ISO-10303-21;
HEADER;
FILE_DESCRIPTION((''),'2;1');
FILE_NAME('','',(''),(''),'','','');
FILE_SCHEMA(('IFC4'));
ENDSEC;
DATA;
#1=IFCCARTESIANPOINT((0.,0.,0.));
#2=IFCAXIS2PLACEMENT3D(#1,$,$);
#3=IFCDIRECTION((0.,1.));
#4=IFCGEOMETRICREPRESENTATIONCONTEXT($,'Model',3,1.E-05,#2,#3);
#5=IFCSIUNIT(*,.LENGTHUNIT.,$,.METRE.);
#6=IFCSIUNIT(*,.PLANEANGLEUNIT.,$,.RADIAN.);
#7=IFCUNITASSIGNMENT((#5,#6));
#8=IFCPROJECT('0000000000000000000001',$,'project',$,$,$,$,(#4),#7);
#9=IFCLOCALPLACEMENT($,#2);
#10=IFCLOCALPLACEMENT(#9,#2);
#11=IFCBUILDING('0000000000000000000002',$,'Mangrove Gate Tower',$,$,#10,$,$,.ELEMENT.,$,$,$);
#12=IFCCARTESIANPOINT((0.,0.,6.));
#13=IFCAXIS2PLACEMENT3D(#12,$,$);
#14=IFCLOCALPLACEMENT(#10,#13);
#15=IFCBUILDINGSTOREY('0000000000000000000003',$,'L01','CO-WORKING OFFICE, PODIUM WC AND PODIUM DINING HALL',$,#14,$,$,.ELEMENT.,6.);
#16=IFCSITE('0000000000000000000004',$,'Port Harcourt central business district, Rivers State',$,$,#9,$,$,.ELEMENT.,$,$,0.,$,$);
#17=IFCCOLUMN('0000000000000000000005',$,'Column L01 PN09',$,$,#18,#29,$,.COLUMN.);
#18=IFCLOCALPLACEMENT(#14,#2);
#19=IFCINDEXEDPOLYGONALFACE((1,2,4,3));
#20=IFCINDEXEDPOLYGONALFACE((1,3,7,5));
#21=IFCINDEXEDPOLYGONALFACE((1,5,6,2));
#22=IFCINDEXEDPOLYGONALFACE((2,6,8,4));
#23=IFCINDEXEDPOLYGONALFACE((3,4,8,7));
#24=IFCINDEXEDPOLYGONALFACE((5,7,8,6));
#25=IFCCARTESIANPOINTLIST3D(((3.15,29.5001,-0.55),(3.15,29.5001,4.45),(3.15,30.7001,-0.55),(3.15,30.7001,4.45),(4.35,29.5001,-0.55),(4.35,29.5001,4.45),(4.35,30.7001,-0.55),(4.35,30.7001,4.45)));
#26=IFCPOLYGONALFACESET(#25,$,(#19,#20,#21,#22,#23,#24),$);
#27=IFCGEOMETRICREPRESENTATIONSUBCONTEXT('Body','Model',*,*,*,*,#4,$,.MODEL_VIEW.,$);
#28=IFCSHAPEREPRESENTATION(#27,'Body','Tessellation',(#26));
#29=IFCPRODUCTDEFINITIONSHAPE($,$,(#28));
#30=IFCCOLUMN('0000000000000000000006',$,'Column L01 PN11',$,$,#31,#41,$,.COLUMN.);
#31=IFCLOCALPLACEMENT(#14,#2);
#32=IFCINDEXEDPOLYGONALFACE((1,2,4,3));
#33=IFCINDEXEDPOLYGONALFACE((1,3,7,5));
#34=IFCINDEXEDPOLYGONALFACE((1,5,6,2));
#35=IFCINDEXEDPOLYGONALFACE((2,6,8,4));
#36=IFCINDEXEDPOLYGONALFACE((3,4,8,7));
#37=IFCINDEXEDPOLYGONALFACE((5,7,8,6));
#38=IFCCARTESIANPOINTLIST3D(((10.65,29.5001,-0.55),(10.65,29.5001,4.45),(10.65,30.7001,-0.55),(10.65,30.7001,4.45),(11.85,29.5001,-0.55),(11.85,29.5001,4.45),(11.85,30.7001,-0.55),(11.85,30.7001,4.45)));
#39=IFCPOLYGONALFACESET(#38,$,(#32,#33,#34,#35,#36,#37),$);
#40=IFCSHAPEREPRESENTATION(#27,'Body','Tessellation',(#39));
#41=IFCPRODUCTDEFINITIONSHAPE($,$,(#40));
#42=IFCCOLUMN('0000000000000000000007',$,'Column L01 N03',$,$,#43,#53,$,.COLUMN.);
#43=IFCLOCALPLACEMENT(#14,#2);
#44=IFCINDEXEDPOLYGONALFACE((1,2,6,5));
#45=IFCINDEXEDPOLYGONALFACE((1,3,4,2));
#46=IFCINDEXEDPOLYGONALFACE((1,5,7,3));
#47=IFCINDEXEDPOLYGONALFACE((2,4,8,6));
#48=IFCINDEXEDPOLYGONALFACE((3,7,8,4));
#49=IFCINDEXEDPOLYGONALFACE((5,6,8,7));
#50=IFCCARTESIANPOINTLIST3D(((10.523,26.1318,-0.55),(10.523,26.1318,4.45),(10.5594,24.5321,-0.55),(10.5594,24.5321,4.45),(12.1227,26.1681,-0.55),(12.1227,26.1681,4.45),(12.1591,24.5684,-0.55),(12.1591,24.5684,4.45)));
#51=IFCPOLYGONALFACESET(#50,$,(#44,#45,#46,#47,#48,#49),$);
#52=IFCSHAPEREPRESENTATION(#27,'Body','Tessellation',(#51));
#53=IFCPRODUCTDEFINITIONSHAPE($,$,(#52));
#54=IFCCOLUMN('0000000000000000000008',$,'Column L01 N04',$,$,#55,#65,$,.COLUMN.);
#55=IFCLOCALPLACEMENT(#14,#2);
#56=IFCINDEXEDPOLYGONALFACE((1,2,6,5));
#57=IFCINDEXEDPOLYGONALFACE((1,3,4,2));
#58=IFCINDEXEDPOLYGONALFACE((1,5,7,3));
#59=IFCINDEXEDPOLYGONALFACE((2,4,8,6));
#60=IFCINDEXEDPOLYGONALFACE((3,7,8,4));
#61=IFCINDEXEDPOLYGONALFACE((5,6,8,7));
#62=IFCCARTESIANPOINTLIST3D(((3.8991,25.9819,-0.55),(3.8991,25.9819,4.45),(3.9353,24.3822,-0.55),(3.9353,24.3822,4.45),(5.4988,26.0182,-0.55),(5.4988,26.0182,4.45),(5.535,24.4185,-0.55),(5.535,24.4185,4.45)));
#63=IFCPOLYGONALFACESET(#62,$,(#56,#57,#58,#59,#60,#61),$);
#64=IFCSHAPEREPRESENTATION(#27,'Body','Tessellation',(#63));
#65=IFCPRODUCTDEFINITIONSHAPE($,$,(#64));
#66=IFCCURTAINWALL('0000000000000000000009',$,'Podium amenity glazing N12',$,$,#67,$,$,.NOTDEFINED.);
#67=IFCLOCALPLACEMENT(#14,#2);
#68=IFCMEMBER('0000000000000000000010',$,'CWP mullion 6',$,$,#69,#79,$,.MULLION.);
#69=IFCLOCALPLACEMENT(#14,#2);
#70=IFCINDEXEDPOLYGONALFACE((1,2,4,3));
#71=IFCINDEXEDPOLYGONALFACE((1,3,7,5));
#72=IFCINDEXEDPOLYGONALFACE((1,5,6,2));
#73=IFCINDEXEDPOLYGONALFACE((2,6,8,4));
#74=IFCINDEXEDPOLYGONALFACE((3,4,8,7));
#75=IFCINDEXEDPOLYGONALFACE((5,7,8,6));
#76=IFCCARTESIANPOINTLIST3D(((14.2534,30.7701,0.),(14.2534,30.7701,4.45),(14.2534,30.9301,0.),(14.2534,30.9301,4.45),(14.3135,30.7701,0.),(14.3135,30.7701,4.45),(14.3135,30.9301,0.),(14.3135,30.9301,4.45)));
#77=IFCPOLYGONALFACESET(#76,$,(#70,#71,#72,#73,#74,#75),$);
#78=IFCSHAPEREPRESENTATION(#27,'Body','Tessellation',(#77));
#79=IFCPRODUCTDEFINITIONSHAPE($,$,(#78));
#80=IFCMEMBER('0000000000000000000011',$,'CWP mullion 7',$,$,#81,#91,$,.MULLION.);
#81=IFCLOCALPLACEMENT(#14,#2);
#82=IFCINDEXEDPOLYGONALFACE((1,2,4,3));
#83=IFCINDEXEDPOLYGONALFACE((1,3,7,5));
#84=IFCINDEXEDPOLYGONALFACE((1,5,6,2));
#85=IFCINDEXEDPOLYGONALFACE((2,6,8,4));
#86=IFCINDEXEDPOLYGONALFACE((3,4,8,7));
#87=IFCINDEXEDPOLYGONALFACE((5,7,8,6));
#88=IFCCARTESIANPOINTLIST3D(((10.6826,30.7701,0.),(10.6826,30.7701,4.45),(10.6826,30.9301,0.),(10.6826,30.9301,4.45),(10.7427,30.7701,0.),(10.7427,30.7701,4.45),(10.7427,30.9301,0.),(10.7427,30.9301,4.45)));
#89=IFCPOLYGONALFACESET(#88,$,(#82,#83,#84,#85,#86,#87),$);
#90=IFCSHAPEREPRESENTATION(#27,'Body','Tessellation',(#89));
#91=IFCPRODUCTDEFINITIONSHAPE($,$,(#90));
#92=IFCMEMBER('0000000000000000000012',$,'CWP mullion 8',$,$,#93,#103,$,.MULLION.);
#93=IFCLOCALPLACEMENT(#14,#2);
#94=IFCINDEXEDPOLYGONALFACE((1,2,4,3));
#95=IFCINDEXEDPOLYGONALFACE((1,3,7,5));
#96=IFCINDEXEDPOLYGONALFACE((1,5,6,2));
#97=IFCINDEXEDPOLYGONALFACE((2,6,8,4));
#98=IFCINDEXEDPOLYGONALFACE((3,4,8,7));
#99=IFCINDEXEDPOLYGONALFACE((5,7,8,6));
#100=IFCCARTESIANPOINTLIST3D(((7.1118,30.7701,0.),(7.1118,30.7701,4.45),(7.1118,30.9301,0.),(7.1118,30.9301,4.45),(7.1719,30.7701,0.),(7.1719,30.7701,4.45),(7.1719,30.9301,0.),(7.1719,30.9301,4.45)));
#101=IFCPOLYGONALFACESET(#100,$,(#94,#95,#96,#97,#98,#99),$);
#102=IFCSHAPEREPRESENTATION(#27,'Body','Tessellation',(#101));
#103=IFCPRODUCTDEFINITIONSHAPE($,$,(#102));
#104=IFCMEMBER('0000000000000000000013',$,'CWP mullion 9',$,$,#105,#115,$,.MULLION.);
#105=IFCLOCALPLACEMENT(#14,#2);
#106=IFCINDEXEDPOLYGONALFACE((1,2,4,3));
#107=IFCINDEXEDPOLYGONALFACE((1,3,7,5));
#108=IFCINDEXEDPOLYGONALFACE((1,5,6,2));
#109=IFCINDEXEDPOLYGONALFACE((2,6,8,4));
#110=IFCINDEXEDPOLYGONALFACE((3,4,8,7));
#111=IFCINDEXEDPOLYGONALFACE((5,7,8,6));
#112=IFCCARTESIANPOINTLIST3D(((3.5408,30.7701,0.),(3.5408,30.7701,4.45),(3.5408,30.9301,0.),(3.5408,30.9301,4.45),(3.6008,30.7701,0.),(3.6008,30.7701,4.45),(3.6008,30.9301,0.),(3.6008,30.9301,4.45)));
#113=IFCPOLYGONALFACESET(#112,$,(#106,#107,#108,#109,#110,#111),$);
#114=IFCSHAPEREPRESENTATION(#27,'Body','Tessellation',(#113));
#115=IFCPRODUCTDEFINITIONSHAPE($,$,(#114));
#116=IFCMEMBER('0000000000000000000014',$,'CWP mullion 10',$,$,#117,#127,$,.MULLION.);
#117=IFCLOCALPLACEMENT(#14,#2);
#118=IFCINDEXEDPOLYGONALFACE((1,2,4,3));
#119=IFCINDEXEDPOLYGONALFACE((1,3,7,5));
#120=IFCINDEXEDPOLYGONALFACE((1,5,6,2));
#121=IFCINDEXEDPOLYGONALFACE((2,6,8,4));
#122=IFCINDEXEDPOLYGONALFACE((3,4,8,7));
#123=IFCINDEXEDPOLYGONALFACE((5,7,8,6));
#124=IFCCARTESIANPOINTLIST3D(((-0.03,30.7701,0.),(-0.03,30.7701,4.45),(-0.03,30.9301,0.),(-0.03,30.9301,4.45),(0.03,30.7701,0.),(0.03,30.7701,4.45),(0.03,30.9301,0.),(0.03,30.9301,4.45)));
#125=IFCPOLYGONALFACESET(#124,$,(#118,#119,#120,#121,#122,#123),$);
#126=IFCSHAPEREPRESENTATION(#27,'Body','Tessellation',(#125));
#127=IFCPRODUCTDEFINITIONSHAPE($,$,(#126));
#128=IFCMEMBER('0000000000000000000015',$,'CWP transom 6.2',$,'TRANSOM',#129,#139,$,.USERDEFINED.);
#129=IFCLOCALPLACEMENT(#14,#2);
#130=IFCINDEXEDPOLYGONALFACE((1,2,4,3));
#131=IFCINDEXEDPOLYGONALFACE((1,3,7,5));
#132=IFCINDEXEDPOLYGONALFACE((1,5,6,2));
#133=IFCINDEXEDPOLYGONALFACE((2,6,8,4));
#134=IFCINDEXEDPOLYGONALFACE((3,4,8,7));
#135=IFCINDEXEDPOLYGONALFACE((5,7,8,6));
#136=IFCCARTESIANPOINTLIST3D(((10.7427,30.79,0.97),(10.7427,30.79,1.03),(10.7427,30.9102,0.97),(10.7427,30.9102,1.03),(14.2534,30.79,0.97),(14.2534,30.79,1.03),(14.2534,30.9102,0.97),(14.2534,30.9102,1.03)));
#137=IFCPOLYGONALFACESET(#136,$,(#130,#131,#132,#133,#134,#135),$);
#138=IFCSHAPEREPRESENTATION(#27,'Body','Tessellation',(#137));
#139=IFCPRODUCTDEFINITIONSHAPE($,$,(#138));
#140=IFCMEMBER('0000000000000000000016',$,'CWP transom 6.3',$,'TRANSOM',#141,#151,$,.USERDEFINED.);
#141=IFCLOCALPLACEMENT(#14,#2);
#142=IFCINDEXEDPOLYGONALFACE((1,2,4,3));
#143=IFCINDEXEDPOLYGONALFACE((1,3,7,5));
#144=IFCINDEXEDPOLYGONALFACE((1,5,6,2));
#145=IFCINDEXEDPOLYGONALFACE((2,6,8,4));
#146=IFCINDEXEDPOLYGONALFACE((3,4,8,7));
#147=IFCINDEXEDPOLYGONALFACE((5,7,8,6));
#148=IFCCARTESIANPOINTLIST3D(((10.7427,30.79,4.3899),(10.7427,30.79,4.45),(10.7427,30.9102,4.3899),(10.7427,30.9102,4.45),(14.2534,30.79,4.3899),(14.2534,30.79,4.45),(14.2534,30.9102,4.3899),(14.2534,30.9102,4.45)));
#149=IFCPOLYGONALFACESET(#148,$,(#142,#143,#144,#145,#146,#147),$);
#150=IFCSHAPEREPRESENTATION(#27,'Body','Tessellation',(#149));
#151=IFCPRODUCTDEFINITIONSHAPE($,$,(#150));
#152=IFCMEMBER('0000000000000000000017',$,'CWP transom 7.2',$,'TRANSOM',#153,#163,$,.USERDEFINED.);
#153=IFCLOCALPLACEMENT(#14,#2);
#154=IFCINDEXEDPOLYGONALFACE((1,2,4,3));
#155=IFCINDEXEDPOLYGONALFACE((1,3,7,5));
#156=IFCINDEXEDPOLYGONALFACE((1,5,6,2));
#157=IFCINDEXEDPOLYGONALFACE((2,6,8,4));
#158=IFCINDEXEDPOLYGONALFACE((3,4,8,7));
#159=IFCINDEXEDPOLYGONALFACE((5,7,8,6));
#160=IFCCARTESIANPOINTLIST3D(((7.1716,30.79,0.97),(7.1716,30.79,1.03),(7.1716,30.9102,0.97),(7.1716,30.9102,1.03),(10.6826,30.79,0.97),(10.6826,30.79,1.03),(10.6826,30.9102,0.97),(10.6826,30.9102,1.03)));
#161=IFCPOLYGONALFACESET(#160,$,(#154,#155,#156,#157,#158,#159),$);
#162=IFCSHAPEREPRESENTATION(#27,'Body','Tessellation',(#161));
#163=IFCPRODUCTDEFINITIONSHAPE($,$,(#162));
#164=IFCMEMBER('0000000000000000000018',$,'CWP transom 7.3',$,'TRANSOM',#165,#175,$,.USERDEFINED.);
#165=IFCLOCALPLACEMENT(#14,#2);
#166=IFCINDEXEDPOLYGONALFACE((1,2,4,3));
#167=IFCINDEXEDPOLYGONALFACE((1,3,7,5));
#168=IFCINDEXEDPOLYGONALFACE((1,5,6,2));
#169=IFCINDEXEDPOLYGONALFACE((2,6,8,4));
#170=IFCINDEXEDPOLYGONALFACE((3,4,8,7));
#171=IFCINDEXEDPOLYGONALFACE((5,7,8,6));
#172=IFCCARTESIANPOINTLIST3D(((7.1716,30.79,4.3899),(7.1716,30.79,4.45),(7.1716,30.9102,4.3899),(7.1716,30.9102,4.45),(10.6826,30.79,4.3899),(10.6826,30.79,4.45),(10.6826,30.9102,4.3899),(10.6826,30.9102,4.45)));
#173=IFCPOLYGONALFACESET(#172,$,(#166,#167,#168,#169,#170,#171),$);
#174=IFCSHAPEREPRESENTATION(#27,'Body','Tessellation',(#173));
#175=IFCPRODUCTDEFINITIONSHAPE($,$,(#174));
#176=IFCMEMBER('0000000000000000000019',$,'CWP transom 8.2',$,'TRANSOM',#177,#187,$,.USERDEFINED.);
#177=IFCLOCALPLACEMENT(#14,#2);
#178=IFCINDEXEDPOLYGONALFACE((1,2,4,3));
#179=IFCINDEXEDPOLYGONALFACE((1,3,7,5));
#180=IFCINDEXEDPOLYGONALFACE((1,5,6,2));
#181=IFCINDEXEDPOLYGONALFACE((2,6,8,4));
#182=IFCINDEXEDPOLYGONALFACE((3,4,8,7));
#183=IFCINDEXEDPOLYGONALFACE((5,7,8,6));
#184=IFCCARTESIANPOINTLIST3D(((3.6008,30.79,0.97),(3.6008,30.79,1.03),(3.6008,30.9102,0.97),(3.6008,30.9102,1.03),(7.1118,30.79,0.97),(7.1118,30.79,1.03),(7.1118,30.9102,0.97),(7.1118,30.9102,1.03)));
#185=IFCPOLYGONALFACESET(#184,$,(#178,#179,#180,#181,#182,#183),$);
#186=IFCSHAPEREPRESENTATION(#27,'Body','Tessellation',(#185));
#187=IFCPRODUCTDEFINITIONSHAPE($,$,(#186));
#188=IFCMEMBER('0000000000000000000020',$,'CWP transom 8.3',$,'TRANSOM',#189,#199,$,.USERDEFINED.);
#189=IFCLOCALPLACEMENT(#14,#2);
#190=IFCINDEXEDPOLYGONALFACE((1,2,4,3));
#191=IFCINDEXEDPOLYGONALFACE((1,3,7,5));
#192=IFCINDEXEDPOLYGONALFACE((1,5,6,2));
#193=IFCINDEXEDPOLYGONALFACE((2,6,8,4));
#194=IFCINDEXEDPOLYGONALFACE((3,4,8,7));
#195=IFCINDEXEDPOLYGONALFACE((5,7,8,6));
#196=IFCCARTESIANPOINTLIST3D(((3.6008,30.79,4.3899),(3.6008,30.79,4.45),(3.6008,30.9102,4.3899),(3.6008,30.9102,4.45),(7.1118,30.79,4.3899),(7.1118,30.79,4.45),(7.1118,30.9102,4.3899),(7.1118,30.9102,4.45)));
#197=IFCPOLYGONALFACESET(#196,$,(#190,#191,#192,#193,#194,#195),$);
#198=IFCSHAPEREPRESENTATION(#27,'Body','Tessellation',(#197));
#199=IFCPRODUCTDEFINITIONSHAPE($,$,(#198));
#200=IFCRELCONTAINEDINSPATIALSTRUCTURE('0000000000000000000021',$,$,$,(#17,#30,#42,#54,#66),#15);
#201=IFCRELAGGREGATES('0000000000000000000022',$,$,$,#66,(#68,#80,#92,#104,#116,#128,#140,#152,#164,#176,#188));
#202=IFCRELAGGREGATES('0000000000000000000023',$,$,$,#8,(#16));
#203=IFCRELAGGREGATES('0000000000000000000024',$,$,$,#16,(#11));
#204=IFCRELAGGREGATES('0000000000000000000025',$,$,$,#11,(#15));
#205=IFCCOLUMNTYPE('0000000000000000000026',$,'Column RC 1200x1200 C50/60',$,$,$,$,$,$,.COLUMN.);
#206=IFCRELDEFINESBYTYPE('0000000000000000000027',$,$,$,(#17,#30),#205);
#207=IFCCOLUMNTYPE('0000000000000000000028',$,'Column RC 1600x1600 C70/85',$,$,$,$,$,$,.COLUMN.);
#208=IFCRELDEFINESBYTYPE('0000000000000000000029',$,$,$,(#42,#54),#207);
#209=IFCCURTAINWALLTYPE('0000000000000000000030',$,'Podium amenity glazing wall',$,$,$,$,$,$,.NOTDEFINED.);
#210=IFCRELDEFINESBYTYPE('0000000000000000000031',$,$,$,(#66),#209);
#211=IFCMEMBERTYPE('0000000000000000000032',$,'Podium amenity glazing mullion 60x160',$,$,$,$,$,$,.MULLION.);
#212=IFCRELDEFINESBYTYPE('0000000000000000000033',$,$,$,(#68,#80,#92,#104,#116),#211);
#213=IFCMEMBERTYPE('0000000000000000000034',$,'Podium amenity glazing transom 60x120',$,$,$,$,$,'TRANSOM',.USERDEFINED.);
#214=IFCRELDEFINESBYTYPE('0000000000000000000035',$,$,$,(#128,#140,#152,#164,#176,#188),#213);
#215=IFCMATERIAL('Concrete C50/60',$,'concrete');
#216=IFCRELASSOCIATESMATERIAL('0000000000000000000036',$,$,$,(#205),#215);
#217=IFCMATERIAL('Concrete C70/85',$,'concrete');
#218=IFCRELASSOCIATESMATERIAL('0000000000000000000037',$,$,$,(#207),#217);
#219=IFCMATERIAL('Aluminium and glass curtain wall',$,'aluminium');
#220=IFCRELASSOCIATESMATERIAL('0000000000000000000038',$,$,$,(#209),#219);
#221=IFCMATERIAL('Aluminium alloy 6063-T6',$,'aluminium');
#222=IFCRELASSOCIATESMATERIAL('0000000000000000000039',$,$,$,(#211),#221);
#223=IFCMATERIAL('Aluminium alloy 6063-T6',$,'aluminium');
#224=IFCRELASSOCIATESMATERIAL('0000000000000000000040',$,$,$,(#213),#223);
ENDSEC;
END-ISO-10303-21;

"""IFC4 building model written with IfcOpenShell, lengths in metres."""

from ifc_helpers import new_model, si_unit, direction, frame, origin, origin_2d, place, context, subcontext, project, spatial, rectangle, extrude, material, material_profile, profile_set, type_object, element, aggregate, save


model = new_model("IFC4")

# Units and contexts
model_context = context("Model", 3, precision=1e-05, world=origin(), true_north=direction((0.0, 1.0)))
body_context = subcontext(model_context, "Body", "Model", "MODEL_VIEW")
ifc_project = project(units=[si_unit("LENGTHUNIT", "METRE"), si_unit("PLANEANGLEUNIT", "RADIAN")], contexts=[model_context])

# Site, building, storey
site_placement = place(None, origin())
site = spatial("IfcSite", under=ifc_project, at=site_placement, Name="Port Harcourt central business district, Rivers State", CompositionType="ELEMENT", RefElevation=0.0)
building_placement = place(site_placement, origin())
building = spatial("IfcBuilding", under=site, at=building_placement, Name="Mangrove Gate Tower", CompositionType="ELEMENT")
storey_placement = place(building_placement, frame((0.0, 0.0, 6.0)))
storey = spatial("IfcBuildingStorey", under=building, at=storey_placement, Name="L01", Description="CO-WORKING OFFICE, PODIUM WC AND PODIUM DINING HALL", CompositionType="ELEMENT", Elevation=6.0)

# Columns
ifc_material_1 = material(Name="Concrete C50/60", Category="concrete")
ifc_material_profile_1 = material_profile(ifc_material_1, rectangle(XDim=1.2, YDim=1.2, at=origin_2d()))
ifc_profile_set_1 = profile_set([ifc_material_profile_1], Name="Concrete C50/60")
column_type_1 = type_object("IfcColumnType", Name="Column RC 1200x1200 C50/60", PredefinedType="COLUMN", material=ifc_profile_set_1)
for number, where, z_axis, x_axis, name in (
    (1, (3.75, 30.1001, -0.55), (0.0, 0.0, 1.0), (1.0, 0.0, 0.0), "Column L01 PN09"),
    (2, (11.25, 30.1001, -0.55), (0.0, 0.0, 1.0), (1.0, 0.0, 0.0), "Column L01 PN11"),
):
    element("IfcColumn", number, at=place(storey_placement, frame(where, z_axis=z_axis, x_axis=x_axis)), inside=storey, type_object=column_type_1, Name=name, PredefinedType="COLUMN", context=body_context, shape_type="SweptSolid", body=[
        extrude(rectangle(XDim=1.2, YDim=1.2, at=origin_2d()), origin(), (0.0, 0.0, 1.0), 5.0),
    ])
ifc_material_2 = material(Name="Concrete C70/85", Category="concrete")
ifc_material_profile_2 = material_profile(ifc_material_2, rectangle(XDim=1.6001, YDim=1.6001, at=origin_2d()))
ifc_profile_set_2 = profile_set([ifc_material_profile_2], Name="Concrete C70/85")
column_type_2 = type_object("IfcColumnType", Name="Column RC 1600x1600 C70/85", PredefinedType="COLUMN", material=ifc_profile_set_2)
for number, where, z_axis, x_axis, name in (
    (3, (11.3411, 25.3501, -0.55), (0.0, 0.0, 1.0), (-0.999742, -0.022716, 0.0), "Column L01 N03"),
    (4, (4.717, 25.2002, -0.55), (0.0, 0.0, 1.0), (-0.999744, -0.022641, 0.0), "Column L01 N04"),
):
    element("IfcColumn", number, at=place(storey_placement, frame(where, z_axis=z_axis, x_axis=x_axis)), inside=storey, type_object=column_type_2, Name=name, PredefinedType="COLUMN", context=body_context, shape_type="SweptSolid", body=[
        extrude(rectangle(XDim=1.6001, YDim=1.6001, at=origin_2d()), origin(), (0.0, 0.0, 1.0), 5.0),
    ])

# Curtain wall, members
ifc_material_3 = material(Name="Aluminium and glass curtain wall", Category="aluminium")
curtain_wall_type = type_object("IfcCurtainWallType", Name="Podium amenity glazing wall", PredefinedType="NOTDEFINED", material=ifc_material_3)
curtain_wall_placement = place(storey_placement, origin())
curtain_wall = element("IfcCurtainWall", 5, at=curtain_wall_placement, inside=storey, type_object=curtain_wall_type, Name="Podium amenity glazing N12", PredefinedType="NOTDEFINED")
ifc_material_4 = material(Name="Aluminium alloy 6063-T6", Category="aluminium")
ifc_material_profile_3 = material_profile(ifc_material_4, rectangle(XDim=0.0601, YDim=0.1599, at=origin_2d()))
ifc_profile_set_3 = profile_set([ifc_material_profile_3], Name="Aluminium alloy 6063-T6")
member_type_1 = type_object("IfcMemberType", Name="Podium amenity glazing mullion 60x160", PredefinedType="MULLION", material=ifc_profile_set_3)
member_1_placement = place(storey_placement, frame((14.2834, 30.8501, 0.0), z_axis=(0.0, 0.0, 1.0), x_axis=(-1.0, 0.0, 0.0)))
member_1 = element("IfcMember", 6, at=member_1_placement, type_object=member_type_1, Name="CWP mullion 6", PredefinedType="MULLION", context=body_context, shape_type="SweptSolid", body=[
    extrude(rectangle(XDim=0.0601, YDim=0.1599, at=origin_2d()), origin(), (0.0, 0.0, 1.0), 4.45),
])
member_2_placement = place(storey_placement, frame((10.7126, 30.8501, 0.0), z_axis=(0.0, 0.0, 1.0), x_axis=(-1.0, 0.0, 0.0)))
member_2 = element("IfcMember", 7, at=member_2_placement, type_object=member_type_1, Name="CWP mullion 7", PredefinedType="MULLION", context=body_context, shape_type="SweptSolid", body=[
    extrude(rectangle(XDim=0.0601, YDim=0.1599, at=origin_2d()), origin(), (0.0, 0.0, 1.0), 4.45),
])
member_3_placement = place(storey_placement, frame((7.1418, 30.8501, 0.0), z_axis=(0.0, 0.0, 1.0), x_axis=(-1.0, 0.0, 0.0)))
member_3 = element("IfcMember", 8, at=member_3_placement, type_object=member_type_1, Name="CWP mullion 8", PredefinedType="MULLION", context=body_context, shape_type="SweptSolid", body=[
    extrude(rectangle(XDim=0.0601, YDim=0.1599, at=origin_2d()), origin(), (0.0, 0.0, 1.0), 4.45),
])
member_4_placement = place(storey_placement, frame((3.5708, 30.8501, 0.0), z_axis=(0.0, 0.0, 1.0), x_axis=(-1.0, 0.0, 0.0)))
member_4 = element("IfcMember", 9, at=member_4_placement, type_object=member_type_1, Name="CWP mullion 9", PredefinedType="MULLION", context=body_context, shape_type="SweptSolid", body=[
    extrude(rectangle(XDim=0.0601, YDim=0.1599, at=origin_2d()), origin(), (0.0, 0.0, 1.0), 4.45),
])
member_5_placement = place(storey_placement, frame((0.0, 30.8501, 0.0), z_axis=(0.0, 0.0, 1.0), x_axis=(-1.0, 0.0, 0.0)))
member_5 = element("IfcMember", 10, at=member_5_placement, type_object=member_type_1, Name="CWP mullion 10", PredefinedType="MULLION", context=body_context, shape_type="SweptSolid", body=[
    extrude(rectangle(XDim=0.0601, YDim=0.1599, at=origin_2d()), origin(), (0.0, 0.0, 1.0), 4.45),
])
ifc_material_5 = material(Name="Aluminium alloy 6063-T6", Category="aluminium")
ifc_material_profile_4 = material_profile(ifc_material_5, rectangle(XDim=0.0601, YDim=0.1201, at=origin_2d()))
ifc_profile_set_4 = profile_set([ifc_material_profile_4], Name="Aluminium alloy 6063-T6")
member_type_2 = type_object("IfcMemberType", Name="Podium amenity glazing transom 60x120", ElementType="TRANSOM", PredefinedType="USERDEFINED", material=ifc_profile_set_4)
member_6_placement = place(storey_placement, frame((14.2534, 30.8501, 1.0), z_axis=(-1.0, 0.0, 0.0), x_axis=(0.0, 0.0, 1.0)))
member_6 = element("IfcMember", 11, at=member_6_placement, type_object=member_type_2, Name="CWP transom 6.2", ObjectType="TRANSOM", PredefinedType="USERDEFINED", context=body_context, shape_type="SweptSolid", body=[
    extrude(rectangle(XDim=0.0601, YDim=0.1201, at=origin_2d()), origin(), (0.0, 0.0, 1.0), 3.5107),
])
member_7_placement = place(storey_placement, frame((14.2534, 30.8501, 4.4199), z_axis=(-1.0, 0.0, 0.0), x_axis=(0.0, 0.0, 1.0)))
member_7 = element("IfcMember", 12, at=member_7_placement, type_object=member_type_2, Name="CWP transom 6.3", ObjectType="TRANSOM", PredefinedType="USERDEFINED", context=body_context, shape_type="SweptSolid", body=[
    extrude(rectangle(XDim=0.0601, YDim=0.1201, at=origin_2d()), origin(), (0.0, 0.0, 1.0), 3.5107),
])
member_8_placement = place(storey_placement, frame((10.6826, 30.8501, 1.0), z_axis=(-1.0, 0.0, 0.0), x_axis=(0.0, 0.0, 1.0)))
member_8 = element("IfcMember", 13, at=member_8_placement, type_object=member_type_2, Name="CWP transom 7.2", ObjectType="TRANSOM", PredefinedType="USERDEFINED", context=body_context, shape_type="SweptSolid", body=[
    extrude(rectangle(XDim=0.0601, YDim=0.1201, at=origin_2d()), origin(), (0.0, 0.0, 1.0), 3.511),
])
member_9_placement = place(storey_placement, frame((10.6826, 30.8501, 4.4199), z_axis=(-1.0, 0.0, 0.0), x_axis=(0.0, 0.0, 1.0)))
member_9 = element("IfcMember", 14, at=member_9_placement, type_object=member_type_2, Name="CWP transom 7.3", ObjectType="TRANSOM", PredefinedType="USERDEFINED", context=body_context, shape_type="SweptSolid", body=[
    extrude(rectangle(XDim=0.0601, YDim=0.1201, at=origin_2d()), origin(), (0.0, 0.0, 1.0), 3.511),
])
member_10_placement = place(storey_placement, frame((7.1118, 30.8501, 1.0), z_axis=(-1.0, 0.0, 0.0), x_axis=(0.0, 0.0, 1.0)))
member_10 = element("IfcMember", 15, at=member_10_placement, type_object=member_type_2, Name="CWP transom 8.2", ObjectType="TRANSOM", PredefinedType="USERDEFINED", context=body_context, shape_type="SweptSolid", body=[
    extrude(rectangle(XDim=0.0601, YDim=0.1201, at=origin_2d()), origin(), (0.0, 0.0, 1.0), 3.511),
])
member_11_placement = place(storey_placement, frame((7.1118, 30.8501, 4.4199), z_axis=(-1.0, 0.0, 0.0), x_axis=(0.0, 0.0, 1.0)))
member_11 = element("IfcMember", 16, at=member_11_placement, type_object=member_type_2, Name="CWP transom 8.3", ObjectType="TRANSOM", PredefinedType="USERDEFINED", context=body_context, shape_type="SweptSolid", body=[
    extrude(rectangle(XDim=0.0601, YDim=0.1201, at=origin_2d()), origin(), (0.0, 0.0, 1.0), 3.511),
])
aggregate(curtain_wall, [member_1, member_2, member_3, member_4, member_5, member_6, member_7, member_8, member_9, member_10, member_11])

save(model, "model.ifc")
